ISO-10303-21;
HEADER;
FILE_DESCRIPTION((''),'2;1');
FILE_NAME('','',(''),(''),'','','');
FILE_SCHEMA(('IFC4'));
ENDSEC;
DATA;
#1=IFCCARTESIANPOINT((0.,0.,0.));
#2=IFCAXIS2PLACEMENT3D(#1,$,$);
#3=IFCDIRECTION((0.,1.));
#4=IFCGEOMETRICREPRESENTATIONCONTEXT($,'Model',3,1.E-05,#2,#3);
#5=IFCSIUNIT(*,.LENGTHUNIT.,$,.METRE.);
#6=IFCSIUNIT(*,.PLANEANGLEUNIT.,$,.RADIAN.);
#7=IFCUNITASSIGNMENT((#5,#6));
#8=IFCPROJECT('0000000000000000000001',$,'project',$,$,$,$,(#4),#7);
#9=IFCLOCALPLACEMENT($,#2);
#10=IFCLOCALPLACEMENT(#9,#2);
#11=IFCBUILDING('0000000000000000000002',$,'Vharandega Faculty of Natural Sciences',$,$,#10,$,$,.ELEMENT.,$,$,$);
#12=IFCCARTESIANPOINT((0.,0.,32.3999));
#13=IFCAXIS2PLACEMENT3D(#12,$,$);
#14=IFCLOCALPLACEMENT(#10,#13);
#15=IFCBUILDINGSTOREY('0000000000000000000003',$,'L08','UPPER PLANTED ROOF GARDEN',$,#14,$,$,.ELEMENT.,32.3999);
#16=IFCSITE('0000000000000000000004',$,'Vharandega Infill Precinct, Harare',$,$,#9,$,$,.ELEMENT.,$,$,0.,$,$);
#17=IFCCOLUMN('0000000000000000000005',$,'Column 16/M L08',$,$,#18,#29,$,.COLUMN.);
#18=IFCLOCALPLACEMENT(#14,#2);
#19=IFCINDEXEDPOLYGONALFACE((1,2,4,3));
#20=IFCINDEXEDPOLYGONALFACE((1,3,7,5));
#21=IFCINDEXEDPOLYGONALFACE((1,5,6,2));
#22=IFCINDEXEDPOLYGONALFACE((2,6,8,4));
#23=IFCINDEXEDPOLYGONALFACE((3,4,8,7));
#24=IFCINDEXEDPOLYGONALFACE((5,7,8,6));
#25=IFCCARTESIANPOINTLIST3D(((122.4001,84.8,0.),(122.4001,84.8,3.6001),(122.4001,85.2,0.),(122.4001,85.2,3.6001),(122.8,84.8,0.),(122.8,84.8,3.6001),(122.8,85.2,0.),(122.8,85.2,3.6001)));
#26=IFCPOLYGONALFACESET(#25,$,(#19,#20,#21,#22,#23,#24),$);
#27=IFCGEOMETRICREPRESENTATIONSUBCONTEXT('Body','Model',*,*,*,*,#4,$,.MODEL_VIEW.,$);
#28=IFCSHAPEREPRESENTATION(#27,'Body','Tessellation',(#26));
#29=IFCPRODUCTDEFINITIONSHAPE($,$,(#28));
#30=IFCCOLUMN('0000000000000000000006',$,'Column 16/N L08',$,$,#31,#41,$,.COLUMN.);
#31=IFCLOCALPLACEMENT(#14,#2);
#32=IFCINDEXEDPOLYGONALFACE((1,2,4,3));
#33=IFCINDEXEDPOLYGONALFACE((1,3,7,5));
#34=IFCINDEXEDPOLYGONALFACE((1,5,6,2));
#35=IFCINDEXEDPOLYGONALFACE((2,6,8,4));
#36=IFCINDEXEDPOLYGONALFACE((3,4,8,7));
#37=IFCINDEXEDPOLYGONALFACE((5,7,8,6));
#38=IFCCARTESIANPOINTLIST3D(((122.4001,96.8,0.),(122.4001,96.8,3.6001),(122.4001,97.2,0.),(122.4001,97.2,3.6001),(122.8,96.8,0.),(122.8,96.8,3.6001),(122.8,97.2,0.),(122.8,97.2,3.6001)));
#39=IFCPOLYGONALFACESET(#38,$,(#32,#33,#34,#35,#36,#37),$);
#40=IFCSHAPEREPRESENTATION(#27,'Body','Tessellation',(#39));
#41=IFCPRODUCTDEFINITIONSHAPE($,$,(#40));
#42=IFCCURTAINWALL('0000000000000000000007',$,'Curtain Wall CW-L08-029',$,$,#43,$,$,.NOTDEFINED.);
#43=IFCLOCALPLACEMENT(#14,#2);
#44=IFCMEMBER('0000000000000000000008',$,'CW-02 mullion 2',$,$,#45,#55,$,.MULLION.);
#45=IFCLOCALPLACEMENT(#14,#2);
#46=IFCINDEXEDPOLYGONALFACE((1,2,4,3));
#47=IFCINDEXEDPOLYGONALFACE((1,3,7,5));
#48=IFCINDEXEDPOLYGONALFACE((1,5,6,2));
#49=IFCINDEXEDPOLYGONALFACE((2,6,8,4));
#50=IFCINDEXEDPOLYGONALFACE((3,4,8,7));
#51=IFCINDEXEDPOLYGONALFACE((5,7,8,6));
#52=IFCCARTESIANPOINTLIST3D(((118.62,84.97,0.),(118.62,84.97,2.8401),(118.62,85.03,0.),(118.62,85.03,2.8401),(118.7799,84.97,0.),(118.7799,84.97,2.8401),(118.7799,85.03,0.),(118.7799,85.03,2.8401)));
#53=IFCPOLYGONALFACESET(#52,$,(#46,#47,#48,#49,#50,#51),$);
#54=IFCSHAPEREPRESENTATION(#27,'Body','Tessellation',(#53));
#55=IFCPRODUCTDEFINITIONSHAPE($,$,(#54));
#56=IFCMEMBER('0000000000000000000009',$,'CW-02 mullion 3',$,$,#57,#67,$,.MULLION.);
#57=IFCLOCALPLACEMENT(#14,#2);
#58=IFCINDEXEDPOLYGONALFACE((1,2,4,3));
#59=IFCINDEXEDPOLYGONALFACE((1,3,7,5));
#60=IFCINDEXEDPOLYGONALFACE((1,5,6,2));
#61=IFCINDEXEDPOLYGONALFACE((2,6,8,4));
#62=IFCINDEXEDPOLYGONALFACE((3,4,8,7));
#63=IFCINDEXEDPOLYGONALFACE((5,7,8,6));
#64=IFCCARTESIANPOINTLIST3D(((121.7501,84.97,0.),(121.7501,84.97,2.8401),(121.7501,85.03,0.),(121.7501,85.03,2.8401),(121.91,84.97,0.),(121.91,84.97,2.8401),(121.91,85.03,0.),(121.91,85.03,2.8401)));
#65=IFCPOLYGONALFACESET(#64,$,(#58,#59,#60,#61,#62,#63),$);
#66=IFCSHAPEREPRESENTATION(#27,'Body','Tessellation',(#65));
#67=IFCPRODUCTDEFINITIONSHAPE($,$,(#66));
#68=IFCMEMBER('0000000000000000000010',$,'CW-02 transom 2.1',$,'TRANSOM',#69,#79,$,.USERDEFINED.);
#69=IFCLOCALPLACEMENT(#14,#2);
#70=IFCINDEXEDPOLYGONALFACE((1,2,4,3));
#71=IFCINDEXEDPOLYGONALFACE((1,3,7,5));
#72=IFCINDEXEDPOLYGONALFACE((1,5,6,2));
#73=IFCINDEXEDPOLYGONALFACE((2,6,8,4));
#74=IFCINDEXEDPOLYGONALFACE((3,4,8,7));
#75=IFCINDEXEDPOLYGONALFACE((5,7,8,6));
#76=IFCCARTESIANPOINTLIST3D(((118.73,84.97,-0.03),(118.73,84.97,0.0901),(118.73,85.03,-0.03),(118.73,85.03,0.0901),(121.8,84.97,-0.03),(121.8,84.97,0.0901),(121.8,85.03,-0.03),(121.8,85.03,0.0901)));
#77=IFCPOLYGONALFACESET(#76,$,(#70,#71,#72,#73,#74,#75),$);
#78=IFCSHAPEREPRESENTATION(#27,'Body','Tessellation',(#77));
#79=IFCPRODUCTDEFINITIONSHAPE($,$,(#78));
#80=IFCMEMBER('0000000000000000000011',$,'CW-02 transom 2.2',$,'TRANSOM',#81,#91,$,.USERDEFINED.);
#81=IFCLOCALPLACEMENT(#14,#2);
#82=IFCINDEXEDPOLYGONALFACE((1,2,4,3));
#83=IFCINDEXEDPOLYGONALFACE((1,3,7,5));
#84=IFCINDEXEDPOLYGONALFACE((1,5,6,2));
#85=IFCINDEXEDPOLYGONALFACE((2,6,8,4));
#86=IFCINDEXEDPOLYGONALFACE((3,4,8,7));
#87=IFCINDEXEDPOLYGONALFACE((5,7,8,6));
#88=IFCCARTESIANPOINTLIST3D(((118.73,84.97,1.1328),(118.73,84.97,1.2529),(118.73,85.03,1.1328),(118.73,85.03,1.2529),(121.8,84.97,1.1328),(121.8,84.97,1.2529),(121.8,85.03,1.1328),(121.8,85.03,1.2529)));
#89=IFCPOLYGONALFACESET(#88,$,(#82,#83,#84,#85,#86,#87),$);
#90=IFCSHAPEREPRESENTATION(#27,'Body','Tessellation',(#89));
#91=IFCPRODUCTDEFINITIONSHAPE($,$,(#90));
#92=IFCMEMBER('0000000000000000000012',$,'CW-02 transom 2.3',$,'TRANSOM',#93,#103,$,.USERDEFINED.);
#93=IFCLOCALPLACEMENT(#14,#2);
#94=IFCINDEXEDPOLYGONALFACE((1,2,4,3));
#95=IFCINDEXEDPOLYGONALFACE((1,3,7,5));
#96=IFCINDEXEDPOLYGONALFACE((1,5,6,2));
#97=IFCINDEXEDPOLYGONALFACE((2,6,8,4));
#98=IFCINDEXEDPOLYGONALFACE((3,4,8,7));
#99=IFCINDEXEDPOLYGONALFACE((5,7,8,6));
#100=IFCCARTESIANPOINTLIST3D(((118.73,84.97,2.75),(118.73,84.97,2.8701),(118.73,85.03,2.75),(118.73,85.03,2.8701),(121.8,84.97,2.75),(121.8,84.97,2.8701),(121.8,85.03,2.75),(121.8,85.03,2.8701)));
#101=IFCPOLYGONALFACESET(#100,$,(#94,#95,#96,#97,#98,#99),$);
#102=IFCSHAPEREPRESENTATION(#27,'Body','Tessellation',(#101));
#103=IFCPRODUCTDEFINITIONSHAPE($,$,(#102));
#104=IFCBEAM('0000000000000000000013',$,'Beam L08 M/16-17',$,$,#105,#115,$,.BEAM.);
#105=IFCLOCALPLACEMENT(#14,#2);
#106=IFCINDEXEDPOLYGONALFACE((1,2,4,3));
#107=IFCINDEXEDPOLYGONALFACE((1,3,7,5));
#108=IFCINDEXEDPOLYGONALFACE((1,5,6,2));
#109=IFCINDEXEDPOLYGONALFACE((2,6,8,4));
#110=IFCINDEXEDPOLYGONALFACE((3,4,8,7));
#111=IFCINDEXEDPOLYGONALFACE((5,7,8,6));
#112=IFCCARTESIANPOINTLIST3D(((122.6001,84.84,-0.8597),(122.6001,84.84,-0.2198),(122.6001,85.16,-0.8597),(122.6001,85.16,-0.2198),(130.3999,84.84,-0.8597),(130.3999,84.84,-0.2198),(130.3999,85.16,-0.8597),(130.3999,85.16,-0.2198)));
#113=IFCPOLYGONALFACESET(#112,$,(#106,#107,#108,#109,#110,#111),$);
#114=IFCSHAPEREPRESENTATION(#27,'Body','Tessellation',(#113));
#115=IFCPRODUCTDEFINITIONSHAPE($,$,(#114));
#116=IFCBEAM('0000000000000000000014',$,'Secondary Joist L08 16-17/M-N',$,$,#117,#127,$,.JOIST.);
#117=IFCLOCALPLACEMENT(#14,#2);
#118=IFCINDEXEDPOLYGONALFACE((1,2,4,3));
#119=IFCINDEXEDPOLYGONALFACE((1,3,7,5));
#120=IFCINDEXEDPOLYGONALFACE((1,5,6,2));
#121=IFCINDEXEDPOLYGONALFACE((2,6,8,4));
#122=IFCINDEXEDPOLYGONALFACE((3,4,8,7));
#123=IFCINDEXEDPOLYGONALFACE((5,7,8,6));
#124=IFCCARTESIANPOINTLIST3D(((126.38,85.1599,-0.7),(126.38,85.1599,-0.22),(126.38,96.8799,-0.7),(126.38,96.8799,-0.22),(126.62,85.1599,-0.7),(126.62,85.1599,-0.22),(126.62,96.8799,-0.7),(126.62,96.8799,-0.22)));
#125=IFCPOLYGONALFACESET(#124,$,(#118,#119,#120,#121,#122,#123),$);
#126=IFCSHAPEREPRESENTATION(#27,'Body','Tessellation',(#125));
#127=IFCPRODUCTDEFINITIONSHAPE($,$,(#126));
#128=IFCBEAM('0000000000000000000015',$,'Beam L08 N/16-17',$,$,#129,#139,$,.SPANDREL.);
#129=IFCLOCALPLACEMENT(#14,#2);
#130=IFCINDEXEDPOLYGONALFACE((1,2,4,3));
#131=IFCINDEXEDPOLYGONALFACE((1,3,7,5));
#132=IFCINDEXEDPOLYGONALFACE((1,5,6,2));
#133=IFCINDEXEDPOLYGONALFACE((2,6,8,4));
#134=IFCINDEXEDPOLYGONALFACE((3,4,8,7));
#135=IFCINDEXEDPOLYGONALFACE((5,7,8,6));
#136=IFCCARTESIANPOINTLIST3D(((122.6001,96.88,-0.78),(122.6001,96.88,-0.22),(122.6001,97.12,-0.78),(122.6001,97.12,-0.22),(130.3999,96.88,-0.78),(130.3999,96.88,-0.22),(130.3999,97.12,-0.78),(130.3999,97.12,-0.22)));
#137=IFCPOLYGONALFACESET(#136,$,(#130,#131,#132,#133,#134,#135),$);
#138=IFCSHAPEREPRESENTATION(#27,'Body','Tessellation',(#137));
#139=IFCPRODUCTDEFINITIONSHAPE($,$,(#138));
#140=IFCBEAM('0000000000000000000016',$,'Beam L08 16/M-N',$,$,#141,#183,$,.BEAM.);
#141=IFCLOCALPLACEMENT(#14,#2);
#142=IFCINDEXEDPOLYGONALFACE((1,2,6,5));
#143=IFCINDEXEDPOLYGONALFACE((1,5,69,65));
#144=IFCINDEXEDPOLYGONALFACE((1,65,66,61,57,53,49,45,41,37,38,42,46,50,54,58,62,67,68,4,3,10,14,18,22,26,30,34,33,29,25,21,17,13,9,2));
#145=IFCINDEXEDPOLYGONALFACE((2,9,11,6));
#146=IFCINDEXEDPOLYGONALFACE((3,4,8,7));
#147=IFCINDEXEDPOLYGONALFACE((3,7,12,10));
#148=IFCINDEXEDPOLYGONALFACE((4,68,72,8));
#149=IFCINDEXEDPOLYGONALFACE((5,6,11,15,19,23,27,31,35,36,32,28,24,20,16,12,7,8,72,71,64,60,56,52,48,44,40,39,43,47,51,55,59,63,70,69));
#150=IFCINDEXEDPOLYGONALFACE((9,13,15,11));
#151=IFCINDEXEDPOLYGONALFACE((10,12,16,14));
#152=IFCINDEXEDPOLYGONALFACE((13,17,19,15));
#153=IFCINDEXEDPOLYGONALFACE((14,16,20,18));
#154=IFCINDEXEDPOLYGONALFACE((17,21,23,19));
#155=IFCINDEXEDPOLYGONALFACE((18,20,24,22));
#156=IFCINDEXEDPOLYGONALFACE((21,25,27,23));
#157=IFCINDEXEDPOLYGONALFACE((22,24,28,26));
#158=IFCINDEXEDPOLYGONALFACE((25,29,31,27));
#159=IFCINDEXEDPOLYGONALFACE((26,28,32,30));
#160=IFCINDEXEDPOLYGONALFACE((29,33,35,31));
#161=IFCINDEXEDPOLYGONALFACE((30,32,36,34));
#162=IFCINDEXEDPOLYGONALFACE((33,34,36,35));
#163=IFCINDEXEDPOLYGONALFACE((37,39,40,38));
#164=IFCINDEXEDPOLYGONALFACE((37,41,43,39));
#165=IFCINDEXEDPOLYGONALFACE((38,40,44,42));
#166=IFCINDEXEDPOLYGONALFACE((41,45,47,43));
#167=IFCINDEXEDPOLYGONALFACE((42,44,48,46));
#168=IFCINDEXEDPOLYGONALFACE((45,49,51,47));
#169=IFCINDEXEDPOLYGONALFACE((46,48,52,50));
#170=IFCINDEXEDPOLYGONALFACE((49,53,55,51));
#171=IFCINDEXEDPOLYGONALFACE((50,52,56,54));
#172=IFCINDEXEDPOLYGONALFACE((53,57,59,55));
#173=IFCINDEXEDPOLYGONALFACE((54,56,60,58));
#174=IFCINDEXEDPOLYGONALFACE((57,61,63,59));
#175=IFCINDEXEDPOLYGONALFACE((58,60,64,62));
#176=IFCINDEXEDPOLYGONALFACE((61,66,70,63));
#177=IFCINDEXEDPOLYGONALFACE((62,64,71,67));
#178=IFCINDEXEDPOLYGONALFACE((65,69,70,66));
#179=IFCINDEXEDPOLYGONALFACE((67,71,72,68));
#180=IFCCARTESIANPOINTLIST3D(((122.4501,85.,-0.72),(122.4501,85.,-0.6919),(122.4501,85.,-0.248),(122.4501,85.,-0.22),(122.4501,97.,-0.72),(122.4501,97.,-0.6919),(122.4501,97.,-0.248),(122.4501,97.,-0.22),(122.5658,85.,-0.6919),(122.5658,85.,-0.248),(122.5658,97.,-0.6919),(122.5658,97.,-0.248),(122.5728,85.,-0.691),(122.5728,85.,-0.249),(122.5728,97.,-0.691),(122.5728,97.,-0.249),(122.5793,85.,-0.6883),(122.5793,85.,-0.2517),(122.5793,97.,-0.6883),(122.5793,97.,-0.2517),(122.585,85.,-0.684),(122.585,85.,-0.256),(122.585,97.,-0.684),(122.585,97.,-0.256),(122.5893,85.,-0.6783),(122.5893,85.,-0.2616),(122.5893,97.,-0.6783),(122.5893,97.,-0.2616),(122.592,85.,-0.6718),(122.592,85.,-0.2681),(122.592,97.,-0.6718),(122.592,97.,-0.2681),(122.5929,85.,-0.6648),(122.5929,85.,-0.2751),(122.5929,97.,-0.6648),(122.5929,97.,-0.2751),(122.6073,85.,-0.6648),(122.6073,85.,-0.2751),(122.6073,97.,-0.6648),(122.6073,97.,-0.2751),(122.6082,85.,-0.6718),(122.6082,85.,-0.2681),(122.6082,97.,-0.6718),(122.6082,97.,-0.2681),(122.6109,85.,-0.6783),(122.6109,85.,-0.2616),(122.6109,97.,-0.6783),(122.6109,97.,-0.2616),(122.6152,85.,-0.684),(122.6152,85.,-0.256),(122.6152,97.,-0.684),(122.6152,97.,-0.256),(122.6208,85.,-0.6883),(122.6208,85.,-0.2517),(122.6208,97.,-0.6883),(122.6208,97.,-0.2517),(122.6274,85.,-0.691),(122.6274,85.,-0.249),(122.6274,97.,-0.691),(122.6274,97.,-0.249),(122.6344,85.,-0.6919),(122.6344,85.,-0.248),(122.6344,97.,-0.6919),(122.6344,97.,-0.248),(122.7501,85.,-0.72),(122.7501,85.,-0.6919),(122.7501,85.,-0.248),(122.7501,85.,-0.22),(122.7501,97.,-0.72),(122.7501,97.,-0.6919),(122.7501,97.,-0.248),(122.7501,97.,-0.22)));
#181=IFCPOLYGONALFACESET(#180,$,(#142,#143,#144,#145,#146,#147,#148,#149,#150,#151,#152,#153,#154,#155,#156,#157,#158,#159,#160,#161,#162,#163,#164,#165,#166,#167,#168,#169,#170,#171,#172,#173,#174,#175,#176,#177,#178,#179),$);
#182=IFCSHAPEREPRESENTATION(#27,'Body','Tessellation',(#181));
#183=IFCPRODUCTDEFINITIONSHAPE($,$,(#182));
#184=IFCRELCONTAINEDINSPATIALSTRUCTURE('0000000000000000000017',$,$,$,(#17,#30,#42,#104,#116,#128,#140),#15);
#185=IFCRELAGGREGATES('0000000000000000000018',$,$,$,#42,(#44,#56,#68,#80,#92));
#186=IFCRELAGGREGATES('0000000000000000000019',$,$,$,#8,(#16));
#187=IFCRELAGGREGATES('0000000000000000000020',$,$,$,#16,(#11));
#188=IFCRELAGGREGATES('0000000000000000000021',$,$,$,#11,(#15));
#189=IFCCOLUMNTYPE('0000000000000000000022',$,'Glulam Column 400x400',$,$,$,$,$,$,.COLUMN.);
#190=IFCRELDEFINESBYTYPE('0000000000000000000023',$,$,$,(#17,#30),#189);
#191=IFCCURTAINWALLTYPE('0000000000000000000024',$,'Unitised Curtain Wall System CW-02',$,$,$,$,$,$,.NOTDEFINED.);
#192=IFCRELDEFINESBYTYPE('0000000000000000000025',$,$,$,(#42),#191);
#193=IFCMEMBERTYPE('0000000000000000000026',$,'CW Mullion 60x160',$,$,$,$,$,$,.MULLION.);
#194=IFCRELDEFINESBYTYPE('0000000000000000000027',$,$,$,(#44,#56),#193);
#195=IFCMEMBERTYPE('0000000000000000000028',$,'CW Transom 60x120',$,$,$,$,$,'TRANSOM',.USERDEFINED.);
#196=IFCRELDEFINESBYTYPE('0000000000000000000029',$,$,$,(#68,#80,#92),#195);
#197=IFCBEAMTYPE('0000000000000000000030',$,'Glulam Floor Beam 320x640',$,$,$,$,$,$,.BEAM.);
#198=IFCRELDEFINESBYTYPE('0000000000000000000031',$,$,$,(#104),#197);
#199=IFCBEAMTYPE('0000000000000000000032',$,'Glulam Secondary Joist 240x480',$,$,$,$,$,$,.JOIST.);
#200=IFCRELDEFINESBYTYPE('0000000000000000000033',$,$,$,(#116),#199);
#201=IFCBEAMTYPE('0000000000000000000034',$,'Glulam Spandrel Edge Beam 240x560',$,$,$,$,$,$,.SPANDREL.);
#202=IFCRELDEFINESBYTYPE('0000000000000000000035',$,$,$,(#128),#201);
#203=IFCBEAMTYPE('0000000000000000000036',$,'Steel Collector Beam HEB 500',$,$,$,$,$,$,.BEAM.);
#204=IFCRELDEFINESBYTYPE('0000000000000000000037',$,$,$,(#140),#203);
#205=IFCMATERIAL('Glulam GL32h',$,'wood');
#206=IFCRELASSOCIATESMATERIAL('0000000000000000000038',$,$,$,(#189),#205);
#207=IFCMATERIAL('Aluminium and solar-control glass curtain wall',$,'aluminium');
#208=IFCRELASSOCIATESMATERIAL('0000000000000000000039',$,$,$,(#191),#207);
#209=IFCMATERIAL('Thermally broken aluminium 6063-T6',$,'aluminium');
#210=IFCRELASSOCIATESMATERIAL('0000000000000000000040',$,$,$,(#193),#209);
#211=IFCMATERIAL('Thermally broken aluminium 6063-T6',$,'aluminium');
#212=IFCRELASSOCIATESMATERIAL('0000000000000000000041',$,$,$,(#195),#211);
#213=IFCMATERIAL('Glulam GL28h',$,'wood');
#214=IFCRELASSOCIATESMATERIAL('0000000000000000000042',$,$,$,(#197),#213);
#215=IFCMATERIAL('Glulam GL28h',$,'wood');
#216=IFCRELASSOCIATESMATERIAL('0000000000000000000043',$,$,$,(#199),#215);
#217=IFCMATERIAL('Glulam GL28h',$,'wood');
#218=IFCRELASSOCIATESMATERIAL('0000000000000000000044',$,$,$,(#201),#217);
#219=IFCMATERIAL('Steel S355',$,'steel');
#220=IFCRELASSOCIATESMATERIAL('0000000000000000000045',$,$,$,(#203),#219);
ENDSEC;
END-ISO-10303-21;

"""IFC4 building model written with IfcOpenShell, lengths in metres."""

from ifc_helpers import new_model, si_unit, direction, frame, origin, origin_2d, place, context, subcontext, project, spatial, rectangle, i_section, extrude, material, material_profile, profile_set, type_object, element, aggregate, save


model = new_model("IFC4")

# Units and contexts
model_context = context("Model", 3, precision=1e-05, world=origin(), true_north=direction((0.0, 1.0)))
body_context = subcontext(model_context, "Body", "Model", "MODEL_VIEW")
ifc_project = project(units=[si_unit("LENGTHUNIT", "METRE"), si_unit("PLANEANGLEUNIT", "RADIAN")], contexts=[model_context])

# Site, building, storey
site_placement = place(None, origin())
site = spatial("IfcSite", under=ifc_project, at=site_placement, Name="Vharandega Infill Precinct, Harare", CompositionType="ELEMENT", RefElevation=0.0)
building_placement = place(site_placement, origin())
building = spatial("IfcBuilding", under=site, at=building_placement, Name="Vharandega Faculty of Natural Sciences", CompositionType="ELEMENT")
storey_placement = place(building_placement, frame((0.0, 0.0, 32.3999)))
storey = spatial("IfcBuildingStorey", under=building, at=storey_placement, Name="L08", Description="UPPER PLANTED ROOF GARDEN", CompositionType="ELEMENT", Elevation=32.3999)

# Columns
ifc_material_1 = material(Name="Glulam GL32h", Category="wood")
ifc_material_profile_1 = material_profile(ifc_material_1, rectangle(XDim=0.3999, YDim=0.3999, at=origin_2d()), Name="GL32h 400x400")
ifc_profile_set_1 = profile_set([ifc_material_profile_1], Name="Glulam GL32h")
column_type = type_object("IfcColumnType", Name="Glulam Column 400x400", PredefinedType="COLUMN", material=ifc_profile_set_1)
for number, where, z_axis, x_axis, name in (
    (1, (122.6001, 85.0, 0.0), (0.0, 0.0, 1.0), (1.0, 0.0, 0.0), "Column 16/M L08"),
    (2, (122.6001, 97.0, 0.0), (0.0, 0.0, 1.0), (1.0, 0.0, 0.0), "Column 16/N L08"),
):
    element("IfcColumn", number, at=place(storey_placement, frame(where, z_axis=z_axis, x_axis=x_axis)), inside=storey, type_object=column_type, Name=name, PredefinedType="COLUMN", context=body_context, shape_type="SweptSolid", body=[
        extrude(rectangle(XDim=0.3999, YDim=0.3999, at=origin_2d()), origin(), (0.0, 0.0, 1.0), 3.6001),
    ])

# Curtain wall, members
ifc_material_2 = material(Name="Aluminium and solar-control glass curtain wall", Category="aluminium")
curtain_wall_type = type_object("IfcCurtainWallType", Name="Unitised Curtain Wall System CW-02", PredefinedType="NOTDEFINED", material=ifc_material_2)
curtain_wall_placement = place(storey_placement, origin())
curtain_wall = element("IfcCurtainWall", 3, at=curtain_wall_placement, inside=storey, type_object=curtain_wall_type, Name="Curtain Wall CW-L08-029", PredefinedType="NOTDEFINED")
ifc_material_3 = material(Name="Thermally broken aluminium 6063-T6", Category="aluminium")
ifc_material_profile_2 = material_profile(ifc_material_3, rectangle(XDim=0.0601, YDim=0.1599, at=origin_2d()), Name="ALU 60x160")
ifc_profile_set_2 = profile_set([ifc_material_profile_2], Name="Thermally broken aluminium 6063-T6")
member_type_1 = type_object("IfcMemberType", Name="CW Mullion 60x160", PredefinedType="MULLION", material=ifc_profile_set_2)
member_1_placement = place(storey_placement, frame((118.7, 85.0, 0.0), z_axis=(0.0, 0.0, 1.0), x_axis=(0.0, 1.0, 0.0)))
member_1 = element("IfcMember", 4, at=member_1_placement, type_object=member_type_1, Name="CW-02 mullion 2", PredefinedType="MULLION", context=body_context, shape_type="SweptSolid", body=[
    extrude(rectangle(XDim=0.0601, YDim=0.1599, at=origin_2d()), origin(), (0.0, 0.0, 1.0), 2.8401),
])
member_2_placement = place(storey_placement, frame((121.8301, 85.0, 0.0), z_axis=(0.0, 0.0, 1.0), x_axis=(0.0, 1.0, 0.0)))
member_2 = element("IfcMember", 5, at=member_2_placement, type_object=member_type_1, Name="CW-02 mullion 3", PredefinedType="MULLION", context=body_context, shape_type="SweptSolid", body=[
    extrude(rectangle(XDim=0.0601, YDim=0.1599, at=origin_2d()), origin(), (0.0, 0.0, 1.0), 2.8401),
])
ifc_material_4 = material(Name="Thermally broken aluminium 6063-T6", Category="aluminium")
ifc_material_profile_3 = material_profile(ifc_material_4, rectangle(XDim=0.0601, YDim=0.1201, at=origin_2d()), Name="ALU 60x120")
ifc_profile_set_3 = profile_set([ifc_material_profile_3], Name="Thermally broken aluminium 6063-T6")
member_type_2 = type_object("IfcMemberType", Name="CW Transom 60x120", ElementType="TRANSOM", PredefinedType="USERDEFINED", material=ifc_profile_set_3)
member_3_placement = place(storey_placement, frame((118.73, 85.0, 0.03), z_axis=(1.0, 0.0, 0.0), x_axis=(0.0, 1.0, 0.0)))
member_3 = element("IfcMember", 6, at=member_3_placement, type_object=member_type_2, Name="CW-02 transom 2.1", ObjectType="TRANSOM", PredefinedType="USERDEFINED", context=body_context, shape_type="SweptSolid", body=[
    extrude(rectangle(XDim=0.0601, YDim=0.1201, at=origin_2d()), origin(), (0.0, 0.0, 1.0), 3.0701),
])
member_4_placement = place(storey_placement, frame((118.73, 85.0, 1.1929), z_axis=(1.0, 0.0, 0.0), x_axis=(0.0, 1.0, 0.0)))
member_4 = element("IfcMember", 7, at=member_4_placement, type_object=member_type_2, Name="CW-02 transom 2.2", ObjectType="TRANSOM", PredefinedType="USERDEFINED", context=body_context, shape_type="SweptSolid", body=[
    extrude(rectangle(XDim=0.0601, YDim=0.1201, at=origin_2d()), origin(), (0.0, 0.0, 1.0), 3.0701),
])
member_5_placement = place(storey_placement, frame((118.73, 85.0, 2.8101), z_axis=(1.0, 0.0, 0.0), x_axis=(0.0, 1.0, 0.0)))
member_5 = element("IfcMember", 8, at=member_5_placement, type_object=member_type_2, Name="CW-02 transom 2.3", ObjectType="TRANSOM", PredefinedType="USERDEFINED", context=body_context, shape_type="SweptSolid", body=[
    extrude(rectangle(XDim=0.0601, YDim=0.1201, at=origin_2d()), origin(), (0.0, 0.0, 1.0), 3.0701),
])

# Beams
ifc_material_5 = material(Name="Glulam GL28h", Category="wood")
ifc_material_profile_4 = material_profile(ifc_material_5, rectangle(XDim=0.3201, YDim=0.6399, at=origin_2d()), Name="GL28h 320x640")
ifc_profile_set_4 = profile_set([ifc_material_profile_4], Name="Glulam GL28h")
beam_type_1 = type_object("IfcBeamType", Name="Glulam Floor Beam 320x640", PredefinedType="BEAM", material=ifc_profile_set_4)
beam_1_placement = place(storey_placement, frame((122.6001, 85.0, -0.5398), z_axis=(1.0, 0.0, 0.0), x_axis=(0.0, 1.0, 0.0)))
element("IfcBeam", 9, at=beam_1_placement, inside=storey, type_object=beam_type_1, Name="Beam L08 M/16-17", PredefinedType="BEAM", context=body_context, shape_type="SweptSolid", body=[
    extrude(rectangle(XDim=0.3201, YDim=0.6399, at=origin_2d()), origin(), (0.0, 0.0, 1.0), 7.7998),
])
ifc_material_6 = material(Name="Glulam GL28h", Category="wood")
ifc_material_profile_5 = material_profile(ifc_material_6, rectangle(XDim=0.24, YDim=0.48, at=origin_2d()), Name="GL28h 240x480")
ifc_profile_set_5 = profile_set([ifc_material_profile_5], Name="Glulam GL28h")
beam_type_2 = type_object("IfcBeamType", Name="Glulam Secondary Joist 240x480", PredefinedType="JOIST", material=ifc_profile_set_5)
beam_2_placement = place(storey_placement, frame((126.5, 85.1599, -0.46), z_axis=(0.0, 1.0, 0.0), x_axis=(-1.0, 0.0, 0.0)))
element("IfcBeam", 10, at=beam_2_placement, inside=storey, type_object=beam_type_2, Name="Secondary Joist L08 16-17/M-N", PredefinedType="JOIST", context=body_context, shape_type="SweptSolid", body=[
    extrude(rectangle(XDim=0.24, YDim=0.48, at=origin_2d()), origin(), (0.0, 0.0, 1.0), 11.72),
])
ifc_material_7 = material(Name="Glulam GL28h", Category="wood")
ifc_material_profile_6 = material_profile(ifc_material_7, rectangle(XDim=0.24, YDim=0.5601, at=origin_2d()), Name="GL28h 240x560")
ifc_profile_set_6 = profile_set([ifc_material_profile_6], Name="Glulam GL28h")
beam_type_3 = type_object("IfcBeamType", Name="Glulam Spandrel Edge Beam 240x560", PredefinedType="SPANDREL", material=ifc_profile_set_6)
beam_3_placement = place(storey_placement, frame((122.6001, 97.0, -0.5), z_axis=(1.0, 0.0, 0.0), x_axis=(0.0, 1.0, 0.0)))
element("IfcBeam", 11, at=beam_3_placement, inside=storey, type_object=beam_type_3, Name="Beam L08 N/16-17", PredefinedType="SPANDREL", context=body_context, shape_type="SweptSolid", body=[
    extrude(rectangle(XDim=0.24, YDim=0.5601, at=origin_2d()), origin(), (0.0, 0.0, 1.0), 7.7998),
])
ifc_material_8 = material(Name="Steel S355", Category="steel")
ifc_material_profile_7 = material_profile(ifc_material_8, i_section(OverallWidth=0.3, OverallDepth=0.5, WebThickness=0.0144, FlangeThickness=0.0281, FilletRadius=0.0271, at=origin_2d()), Name="HEB 500")
ifc_profile_set_7 = profile_set([ifc_material_profile_7], Name="Steel S355")
beam_type_4 = type_object("IfcBeamType", Name="Steel Collector Beam HEB 500", PredefinedType="BEAM", material=ifc_profile_set_7)
beam_4_placement = place(storey_placement, frame((122.6001, 85.0, -0.47), z_axis=(0.0, 1.0, 0.0), x_axis=(-1.0, 0.0, 0.0)))
element("IfcBeam", 12, at=beam_4_placement, inside=storey, type_object=beam_type_4, Name="Beam L08 16/M-N", PredefinedType="BEAM", context=body_context, shape_type="SweptSolid", body=[
    extrude(i_section(OverallWidth=0.3, OverallDepth=0.5, WebThickness=0.0144, FlangeThickness=0.0281, FilletRadius=0.0271, at=origin_2d()), origin(), (0.0, 0.0, 1.0), 12.0),
])

aggregate(curtain_wall, [member_1, member_2, member_3, member_4, member_5])

save(model, "model.ifc")
